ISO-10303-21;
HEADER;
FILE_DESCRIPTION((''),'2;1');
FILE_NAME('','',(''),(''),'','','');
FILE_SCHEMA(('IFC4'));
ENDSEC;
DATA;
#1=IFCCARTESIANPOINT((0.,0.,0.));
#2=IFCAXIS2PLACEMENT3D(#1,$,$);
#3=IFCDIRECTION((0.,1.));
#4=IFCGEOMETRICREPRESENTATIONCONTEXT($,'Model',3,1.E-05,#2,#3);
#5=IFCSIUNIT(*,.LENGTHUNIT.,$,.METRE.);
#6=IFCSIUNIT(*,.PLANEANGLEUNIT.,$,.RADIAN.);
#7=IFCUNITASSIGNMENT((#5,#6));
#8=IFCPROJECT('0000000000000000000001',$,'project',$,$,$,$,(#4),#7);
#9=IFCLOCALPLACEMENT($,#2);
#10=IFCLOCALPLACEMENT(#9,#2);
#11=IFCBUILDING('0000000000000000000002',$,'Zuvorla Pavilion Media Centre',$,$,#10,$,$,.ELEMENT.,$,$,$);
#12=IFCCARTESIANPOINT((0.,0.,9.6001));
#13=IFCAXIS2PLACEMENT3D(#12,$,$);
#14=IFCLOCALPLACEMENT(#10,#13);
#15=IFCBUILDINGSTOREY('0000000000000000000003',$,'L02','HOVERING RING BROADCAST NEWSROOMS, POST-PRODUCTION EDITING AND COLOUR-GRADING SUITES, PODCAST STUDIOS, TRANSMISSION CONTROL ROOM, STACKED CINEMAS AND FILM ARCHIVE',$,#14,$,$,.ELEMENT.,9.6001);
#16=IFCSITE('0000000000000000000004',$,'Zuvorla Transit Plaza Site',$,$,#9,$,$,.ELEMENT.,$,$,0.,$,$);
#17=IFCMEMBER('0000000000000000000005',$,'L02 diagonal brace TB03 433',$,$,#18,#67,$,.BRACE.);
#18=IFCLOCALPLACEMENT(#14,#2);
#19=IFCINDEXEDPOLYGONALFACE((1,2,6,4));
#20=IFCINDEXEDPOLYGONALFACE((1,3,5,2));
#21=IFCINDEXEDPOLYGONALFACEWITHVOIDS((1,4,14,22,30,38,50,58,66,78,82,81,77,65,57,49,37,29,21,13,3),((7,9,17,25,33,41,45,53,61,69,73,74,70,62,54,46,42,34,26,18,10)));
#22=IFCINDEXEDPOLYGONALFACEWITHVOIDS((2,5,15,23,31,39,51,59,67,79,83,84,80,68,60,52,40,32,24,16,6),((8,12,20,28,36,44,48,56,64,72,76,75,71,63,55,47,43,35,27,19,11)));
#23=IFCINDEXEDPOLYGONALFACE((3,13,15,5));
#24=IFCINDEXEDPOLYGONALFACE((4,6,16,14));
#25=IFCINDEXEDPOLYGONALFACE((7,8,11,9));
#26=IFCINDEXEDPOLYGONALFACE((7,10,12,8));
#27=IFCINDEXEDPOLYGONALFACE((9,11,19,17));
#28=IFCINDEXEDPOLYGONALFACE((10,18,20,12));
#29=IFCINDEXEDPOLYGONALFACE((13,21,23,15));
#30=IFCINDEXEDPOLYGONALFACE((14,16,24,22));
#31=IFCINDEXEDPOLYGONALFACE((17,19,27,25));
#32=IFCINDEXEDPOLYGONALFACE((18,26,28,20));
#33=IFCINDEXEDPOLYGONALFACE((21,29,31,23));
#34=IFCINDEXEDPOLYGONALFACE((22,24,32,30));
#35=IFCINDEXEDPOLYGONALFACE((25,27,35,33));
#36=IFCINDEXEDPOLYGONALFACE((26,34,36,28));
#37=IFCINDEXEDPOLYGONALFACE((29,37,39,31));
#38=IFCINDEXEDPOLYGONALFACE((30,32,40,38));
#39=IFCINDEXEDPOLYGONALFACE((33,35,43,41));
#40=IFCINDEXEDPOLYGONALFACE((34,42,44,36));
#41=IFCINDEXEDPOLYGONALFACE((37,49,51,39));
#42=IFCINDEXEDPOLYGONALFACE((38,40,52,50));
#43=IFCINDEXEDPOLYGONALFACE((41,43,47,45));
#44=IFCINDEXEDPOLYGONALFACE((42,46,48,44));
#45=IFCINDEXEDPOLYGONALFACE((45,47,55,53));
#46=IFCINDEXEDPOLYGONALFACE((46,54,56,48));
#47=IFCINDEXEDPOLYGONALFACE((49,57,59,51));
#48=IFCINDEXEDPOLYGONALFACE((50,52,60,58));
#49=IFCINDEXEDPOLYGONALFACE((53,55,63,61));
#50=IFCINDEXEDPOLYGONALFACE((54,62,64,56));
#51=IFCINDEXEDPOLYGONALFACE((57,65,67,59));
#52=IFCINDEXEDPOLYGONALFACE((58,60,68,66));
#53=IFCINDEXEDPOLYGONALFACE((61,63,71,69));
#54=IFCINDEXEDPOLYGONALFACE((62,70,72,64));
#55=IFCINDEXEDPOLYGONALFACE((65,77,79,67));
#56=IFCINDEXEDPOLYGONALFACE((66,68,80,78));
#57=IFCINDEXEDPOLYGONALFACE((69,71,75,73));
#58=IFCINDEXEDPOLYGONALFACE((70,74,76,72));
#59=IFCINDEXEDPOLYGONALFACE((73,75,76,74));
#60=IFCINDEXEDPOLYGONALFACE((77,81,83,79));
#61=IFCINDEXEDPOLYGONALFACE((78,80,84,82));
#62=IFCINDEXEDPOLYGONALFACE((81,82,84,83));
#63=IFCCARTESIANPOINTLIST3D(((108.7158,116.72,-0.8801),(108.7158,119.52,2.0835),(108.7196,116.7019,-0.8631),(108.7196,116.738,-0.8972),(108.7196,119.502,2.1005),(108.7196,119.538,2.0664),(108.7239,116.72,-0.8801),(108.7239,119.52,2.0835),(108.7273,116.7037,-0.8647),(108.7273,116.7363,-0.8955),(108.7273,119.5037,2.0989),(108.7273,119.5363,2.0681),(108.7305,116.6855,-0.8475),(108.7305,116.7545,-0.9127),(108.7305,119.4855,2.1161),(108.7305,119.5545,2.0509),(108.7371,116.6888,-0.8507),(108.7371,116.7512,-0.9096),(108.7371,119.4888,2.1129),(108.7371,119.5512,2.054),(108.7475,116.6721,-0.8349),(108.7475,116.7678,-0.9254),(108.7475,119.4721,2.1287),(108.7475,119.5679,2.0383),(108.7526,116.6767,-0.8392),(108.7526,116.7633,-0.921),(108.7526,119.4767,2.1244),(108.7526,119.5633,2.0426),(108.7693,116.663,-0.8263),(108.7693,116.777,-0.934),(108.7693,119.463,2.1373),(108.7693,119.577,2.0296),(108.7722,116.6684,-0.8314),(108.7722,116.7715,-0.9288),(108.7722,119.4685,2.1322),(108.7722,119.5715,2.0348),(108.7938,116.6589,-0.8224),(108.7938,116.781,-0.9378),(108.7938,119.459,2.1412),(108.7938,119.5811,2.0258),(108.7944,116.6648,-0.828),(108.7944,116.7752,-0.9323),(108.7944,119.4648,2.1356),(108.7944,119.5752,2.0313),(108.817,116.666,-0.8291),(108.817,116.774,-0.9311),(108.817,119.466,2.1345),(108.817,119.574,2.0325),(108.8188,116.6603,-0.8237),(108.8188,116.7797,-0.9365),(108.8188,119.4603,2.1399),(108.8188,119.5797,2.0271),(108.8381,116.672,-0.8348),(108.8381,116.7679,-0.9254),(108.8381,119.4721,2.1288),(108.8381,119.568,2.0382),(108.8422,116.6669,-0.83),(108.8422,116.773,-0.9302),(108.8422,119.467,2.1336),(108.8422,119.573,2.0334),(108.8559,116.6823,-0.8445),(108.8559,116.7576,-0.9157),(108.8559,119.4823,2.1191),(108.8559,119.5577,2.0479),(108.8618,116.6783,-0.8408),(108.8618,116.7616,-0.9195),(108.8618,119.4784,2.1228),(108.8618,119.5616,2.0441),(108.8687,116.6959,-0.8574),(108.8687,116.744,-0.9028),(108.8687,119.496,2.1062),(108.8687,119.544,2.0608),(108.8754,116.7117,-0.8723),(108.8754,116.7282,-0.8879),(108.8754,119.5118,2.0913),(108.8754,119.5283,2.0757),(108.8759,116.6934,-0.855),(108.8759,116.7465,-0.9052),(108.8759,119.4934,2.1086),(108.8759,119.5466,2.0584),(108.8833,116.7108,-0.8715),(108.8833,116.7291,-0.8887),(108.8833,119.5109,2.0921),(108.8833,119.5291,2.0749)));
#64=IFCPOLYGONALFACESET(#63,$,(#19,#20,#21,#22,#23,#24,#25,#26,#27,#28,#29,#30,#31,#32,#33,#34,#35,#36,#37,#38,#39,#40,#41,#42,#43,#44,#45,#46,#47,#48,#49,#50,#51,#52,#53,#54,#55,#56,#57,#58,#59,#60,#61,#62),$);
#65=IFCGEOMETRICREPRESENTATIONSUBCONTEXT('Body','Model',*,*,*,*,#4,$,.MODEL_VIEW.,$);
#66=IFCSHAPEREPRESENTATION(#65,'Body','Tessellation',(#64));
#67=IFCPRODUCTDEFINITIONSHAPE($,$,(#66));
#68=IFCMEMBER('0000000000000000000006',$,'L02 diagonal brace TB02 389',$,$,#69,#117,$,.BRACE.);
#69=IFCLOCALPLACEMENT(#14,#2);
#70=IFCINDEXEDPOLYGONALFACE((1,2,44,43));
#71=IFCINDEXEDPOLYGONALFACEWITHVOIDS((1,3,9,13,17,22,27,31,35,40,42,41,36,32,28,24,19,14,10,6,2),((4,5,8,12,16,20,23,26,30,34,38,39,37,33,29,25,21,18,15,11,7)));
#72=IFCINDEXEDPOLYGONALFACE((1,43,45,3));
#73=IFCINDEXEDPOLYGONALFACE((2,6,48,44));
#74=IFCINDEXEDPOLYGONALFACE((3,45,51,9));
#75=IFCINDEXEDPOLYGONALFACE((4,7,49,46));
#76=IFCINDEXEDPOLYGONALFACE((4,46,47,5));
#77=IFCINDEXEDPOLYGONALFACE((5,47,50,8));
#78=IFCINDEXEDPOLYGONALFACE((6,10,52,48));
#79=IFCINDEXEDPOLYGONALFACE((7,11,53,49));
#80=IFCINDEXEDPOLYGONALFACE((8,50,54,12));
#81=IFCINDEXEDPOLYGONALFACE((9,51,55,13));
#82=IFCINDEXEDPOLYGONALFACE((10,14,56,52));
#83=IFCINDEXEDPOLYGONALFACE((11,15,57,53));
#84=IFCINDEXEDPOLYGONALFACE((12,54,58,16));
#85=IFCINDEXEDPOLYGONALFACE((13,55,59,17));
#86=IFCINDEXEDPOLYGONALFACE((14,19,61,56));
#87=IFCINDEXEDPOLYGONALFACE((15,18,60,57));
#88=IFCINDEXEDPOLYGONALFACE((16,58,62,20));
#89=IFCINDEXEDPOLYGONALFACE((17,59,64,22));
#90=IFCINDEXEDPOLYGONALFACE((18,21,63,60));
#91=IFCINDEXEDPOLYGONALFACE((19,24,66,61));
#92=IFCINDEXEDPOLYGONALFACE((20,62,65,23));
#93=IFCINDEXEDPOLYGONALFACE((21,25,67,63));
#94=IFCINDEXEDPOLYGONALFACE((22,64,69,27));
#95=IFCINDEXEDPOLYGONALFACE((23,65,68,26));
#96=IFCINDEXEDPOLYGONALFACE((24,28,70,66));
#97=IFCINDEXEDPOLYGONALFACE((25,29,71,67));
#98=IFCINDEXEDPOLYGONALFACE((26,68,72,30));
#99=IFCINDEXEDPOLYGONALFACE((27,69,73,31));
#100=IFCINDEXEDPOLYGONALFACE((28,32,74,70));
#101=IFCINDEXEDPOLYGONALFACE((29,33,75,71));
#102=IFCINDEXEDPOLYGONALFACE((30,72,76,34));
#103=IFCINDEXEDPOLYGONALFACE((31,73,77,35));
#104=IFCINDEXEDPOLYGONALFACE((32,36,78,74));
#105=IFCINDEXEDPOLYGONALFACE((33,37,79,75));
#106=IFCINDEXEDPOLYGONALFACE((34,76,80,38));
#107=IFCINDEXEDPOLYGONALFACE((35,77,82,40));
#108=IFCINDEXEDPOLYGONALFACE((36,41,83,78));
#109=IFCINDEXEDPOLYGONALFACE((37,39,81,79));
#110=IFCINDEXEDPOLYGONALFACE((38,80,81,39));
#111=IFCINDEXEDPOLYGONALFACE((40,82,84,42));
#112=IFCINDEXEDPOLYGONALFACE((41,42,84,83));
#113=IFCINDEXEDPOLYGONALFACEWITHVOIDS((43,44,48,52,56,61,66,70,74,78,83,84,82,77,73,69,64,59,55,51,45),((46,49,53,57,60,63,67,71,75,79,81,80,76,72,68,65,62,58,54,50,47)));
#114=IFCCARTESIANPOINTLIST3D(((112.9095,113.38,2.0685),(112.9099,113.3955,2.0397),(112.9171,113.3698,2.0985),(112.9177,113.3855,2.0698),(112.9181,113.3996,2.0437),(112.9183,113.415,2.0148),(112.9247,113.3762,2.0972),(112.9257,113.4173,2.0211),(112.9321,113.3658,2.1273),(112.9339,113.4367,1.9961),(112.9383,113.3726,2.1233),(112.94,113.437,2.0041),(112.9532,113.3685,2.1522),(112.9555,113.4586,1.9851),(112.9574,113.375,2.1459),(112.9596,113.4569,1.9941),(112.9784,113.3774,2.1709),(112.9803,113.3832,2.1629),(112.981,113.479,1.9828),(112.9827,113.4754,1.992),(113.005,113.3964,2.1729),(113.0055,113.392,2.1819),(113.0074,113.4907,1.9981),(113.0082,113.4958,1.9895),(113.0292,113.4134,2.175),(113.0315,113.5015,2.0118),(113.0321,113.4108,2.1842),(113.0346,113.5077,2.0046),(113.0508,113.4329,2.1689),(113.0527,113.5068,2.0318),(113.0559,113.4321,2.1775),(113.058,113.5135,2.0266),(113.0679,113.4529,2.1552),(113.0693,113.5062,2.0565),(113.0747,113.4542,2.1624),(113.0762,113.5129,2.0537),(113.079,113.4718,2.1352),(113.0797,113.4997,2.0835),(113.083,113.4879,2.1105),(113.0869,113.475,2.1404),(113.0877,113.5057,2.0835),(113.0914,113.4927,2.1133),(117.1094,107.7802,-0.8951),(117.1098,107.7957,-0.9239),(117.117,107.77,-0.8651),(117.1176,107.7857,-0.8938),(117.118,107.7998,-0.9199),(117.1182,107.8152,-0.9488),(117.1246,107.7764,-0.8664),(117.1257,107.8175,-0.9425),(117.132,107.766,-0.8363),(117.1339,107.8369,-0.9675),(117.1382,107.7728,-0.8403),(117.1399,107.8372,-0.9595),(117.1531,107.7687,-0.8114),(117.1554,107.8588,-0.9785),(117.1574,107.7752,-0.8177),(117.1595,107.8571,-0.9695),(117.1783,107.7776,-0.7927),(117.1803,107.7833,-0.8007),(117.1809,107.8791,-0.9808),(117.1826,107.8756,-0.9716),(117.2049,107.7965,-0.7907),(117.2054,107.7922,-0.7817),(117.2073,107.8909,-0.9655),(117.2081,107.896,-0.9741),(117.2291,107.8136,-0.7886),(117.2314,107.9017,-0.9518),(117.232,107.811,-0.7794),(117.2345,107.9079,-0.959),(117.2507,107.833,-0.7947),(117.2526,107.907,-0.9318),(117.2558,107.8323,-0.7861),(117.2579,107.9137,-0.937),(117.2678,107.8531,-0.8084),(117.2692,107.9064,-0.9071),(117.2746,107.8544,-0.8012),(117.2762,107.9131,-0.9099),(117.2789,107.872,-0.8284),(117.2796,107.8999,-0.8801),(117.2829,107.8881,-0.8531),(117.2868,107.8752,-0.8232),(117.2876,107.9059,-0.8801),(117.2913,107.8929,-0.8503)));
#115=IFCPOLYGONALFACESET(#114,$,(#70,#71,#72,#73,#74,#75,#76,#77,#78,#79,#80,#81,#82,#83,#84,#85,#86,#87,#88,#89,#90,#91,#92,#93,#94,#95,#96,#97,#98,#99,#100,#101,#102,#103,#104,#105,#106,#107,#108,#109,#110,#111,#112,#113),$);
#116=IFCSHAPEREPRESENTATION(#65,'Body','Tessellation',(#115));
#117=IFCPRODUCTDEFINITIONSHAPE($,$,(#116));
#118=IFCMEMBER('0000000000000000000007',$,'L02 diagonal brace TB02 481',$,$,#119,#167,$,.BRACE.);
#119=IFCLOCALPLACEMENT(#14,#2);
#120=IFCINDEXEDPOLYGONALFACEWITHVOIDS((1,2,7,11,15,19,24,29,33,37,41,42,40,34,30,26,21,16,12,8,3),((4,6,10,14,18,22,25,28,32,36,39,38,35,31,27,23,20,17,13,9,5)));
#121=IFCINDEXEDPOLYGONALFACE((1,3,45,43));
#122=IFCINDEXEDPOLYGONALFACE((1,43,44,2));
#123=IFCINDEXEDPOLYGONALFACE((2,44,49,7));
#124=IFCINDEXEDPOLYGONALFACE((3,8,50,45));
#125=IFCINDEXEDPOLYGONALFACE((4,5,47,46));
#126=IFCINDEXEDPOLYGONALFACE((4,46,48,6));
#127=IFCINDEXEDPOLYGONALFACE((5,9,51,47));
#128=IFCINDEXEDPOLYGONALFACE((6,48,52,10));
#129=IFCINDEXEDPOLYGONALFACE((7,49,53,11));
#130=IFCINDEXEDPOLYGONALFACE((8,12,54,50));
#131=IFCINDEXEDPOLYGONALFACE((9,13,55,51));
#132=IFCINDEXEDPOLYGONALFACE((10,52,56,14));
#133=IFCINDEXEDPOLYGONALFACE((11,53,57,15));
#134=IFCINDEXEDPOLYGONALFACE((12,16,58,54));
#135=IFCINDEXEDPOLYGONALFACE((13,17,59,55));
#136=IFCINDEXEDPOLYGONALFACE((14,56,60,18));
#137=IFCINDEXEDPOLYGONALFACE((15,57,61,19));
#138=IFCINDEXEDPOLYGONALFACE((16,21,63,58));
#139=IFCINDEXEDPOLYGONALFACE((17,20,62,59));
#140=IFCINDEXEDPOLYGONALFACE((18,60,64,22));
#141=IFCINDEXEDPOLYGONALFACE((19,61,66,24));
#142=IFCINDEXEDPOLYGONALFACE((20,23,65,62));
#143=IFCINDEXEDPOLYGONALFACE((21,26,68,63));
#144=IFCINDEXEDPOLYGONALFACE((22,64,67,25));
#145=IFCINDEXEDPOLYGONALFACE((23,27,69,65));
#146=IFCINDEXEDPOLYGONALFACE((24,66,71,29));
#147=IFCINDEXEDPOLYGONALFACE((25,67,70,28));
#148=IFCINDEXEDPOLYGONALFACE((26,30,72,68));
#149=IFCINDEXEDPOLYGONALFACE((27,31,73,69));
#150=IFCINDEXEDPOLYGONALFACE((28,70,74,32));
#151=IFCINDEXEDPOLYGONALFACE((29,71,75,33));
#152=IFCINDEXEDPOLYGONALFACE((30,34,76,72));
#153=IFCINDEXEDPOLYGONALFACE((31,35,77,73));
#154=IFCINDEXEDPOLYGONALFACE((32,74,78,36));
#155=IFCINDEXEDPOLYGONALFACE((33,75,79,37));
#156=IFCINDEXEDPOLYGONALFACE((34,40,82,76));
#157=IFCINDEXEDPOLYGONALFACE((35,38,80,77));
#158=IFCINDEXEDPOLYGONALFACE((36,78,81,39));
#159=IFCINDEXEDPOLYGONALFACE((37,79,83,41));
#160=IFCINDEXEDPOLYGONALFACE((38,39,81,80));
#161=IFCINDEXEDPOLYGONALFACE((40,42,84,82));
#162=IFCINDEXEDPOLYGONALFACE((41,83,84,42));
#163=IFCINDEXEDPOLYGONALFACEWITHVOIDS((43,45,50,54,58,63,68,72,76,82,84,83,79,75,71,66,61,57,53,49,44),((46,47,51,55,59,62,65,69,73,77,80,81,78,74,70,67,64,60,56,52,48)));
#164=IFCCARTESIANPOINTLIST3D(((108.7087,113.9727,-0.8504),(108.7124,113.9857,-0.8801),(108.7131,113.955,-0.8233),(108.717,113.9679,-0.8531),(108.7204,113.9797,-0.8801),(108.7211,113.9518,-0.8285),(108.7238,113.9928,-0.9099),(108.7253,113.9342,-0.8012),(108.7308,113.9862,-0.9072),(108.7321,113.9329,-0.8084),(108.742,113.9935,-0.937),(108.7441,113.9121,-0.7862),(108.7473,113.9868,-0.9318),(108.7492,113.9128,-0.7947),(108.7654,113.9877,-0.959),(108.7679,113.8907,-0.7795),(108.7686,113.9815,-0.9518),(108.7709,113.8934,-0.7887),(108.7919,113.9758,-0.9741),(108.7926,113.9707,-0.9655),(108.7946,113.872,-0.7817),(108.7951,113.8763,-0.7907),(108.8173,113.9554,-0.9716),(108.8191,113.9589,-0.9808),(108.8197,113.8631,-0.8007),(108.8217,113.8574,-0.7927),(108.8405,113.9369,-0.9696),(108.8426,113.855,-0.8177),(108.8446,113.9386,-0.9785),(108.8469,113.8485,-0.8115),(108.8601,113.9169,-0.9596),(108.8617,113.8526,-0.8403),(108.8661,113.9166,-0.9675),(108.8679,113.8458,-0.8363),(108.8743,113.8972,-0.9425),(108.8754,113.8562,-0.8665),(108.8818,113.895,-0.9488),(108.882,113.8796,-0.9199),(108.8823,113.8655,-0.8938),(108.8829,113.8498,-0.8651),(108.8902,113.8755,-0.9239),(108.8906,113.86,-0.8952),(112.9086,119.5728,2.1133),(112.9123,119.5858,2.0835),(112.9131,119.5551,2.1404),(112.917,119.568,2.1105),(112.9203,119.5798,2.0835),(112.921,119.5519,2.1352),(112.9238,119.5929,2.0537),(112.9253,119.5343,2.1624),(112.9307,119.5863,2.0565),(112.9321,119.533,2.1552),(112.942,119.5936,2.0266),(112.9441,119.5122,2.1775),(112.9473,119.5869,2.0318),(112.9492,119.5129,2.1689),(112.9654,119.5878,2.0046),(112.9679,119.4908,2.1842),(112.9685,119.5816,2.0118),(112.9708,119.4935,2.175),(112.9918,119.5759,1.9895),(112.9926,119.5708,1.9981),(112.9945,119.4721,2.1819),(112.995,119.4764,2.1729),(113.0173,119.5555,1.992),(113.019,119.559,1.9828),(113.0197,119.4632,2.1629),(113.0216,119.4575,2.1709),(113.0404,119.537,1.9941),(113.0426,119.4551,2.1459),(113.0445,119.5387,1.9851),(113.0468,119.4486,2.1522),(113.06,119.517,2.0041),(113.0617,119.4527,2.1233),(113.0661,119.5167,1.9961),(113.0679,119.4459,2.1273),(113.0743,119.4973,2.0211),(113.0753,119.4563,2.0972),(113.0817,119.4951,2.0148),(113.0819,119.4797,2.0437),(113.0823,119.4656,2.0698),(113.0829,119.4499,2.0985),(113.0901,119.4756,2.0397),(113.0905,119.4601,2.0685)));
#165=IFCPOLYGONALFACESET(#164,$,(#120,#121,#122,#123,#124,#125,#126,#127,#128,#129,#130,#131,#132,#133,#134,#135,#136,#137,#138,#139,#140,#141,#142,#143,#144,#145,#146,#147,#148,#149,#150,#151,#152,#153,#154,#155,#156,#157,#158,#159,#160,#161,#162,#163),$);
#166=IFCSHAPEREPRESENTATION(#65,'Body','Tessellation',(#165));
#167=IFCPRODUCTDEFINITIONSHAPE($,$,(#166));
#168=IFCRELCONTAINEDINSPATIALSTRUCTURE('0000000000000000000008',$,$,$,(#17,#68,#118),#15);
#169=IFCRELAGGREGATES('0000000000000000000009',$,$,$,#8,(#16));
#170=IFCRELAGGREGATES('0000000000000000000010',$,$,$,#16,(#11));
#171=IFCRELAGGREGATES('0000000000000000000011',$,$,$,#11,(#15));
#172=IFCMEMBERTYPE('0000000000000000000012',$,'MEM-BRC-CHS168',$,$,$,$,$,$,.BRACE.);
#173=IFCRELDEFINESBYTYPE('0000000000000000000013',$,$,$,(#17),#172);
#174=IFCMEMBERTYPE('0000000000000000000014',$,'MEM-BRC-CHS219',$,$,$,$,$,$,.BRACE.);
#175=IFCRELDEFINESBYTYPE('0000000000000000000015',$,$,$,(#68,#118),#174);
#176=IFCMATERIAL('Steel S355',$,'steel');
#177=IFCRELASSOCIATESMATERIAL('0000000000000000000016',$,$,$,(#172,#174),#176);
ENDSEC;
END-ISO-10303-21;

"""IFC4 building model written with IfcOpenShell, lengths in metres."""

from ifc_helpers import new_model, si_unit, direction, frame, origin, origin_2d, place, context, subcontext, project, spatial, hollow_circle, extrude, material, material_profile, profile_set, type_object, element, save


model = new_model("IFC4")

# Units and contexts
model_context = context("Model", 3, precision=1e-05, world=origin(), true_north=direction((0.0, 1.0)))
body_context = subcontext(model_context, "Body", "Model", "MODEL_VIEW")
ifc_project = project(units=[si_unit("LENGTHUNIT", "METRE"), si_unit("PLANEANGLEUNIT", "RADIAN")], contexts=[model_context])

# Site, building, storey
site_placement = place(None, origin())
site = spatial("IfcSite", under=ifc_project, at=site_placement, Name="Zuvorla Transit Plaza Site", CompositionType="ELEMENT", RefElevation=0.0)
building_placement = place(site_placement, origin())
building = spatial("IfcBuilding", under=site, at=building_placement, Name="Zuvorla Pavilion Media Centre", CompositionType="ELEMENT")
storey_placement = place(building_placement, frame((0.0, 0.0, 9.6001)))
storey = spatial("IfcBuildingStorey", under=building, at=storey_placement, Name="L02", Description="HOVERING RING BROADCAST NEWSROOMS, POST-PRODUCTION EDITING AND COLOUR-GRADING SUITES, PODCAST STUDIOS, TRANSMISSION CONTROL ROOM, STACKED CINEMAS AND FILM ARCHIVE", CompositionType="ELEMENT", Elevation=9.6001)

# Shared definitions
ifc_material_1 = material(Name="Steel S355", Category="steel")

# Members
ifc_material_profile_1 = material_profile(ifc_material_1, hollow_circle(Radius=0.0842, WallThickness=0.0081, at=origin_2d()), Name="CHS 168.3x8")
ifc_profile_set_1 = profile_set([ifc_material_profile_1], Name="Steel S355")
member_type_1 = type_object("IfcMemberType", Name="MEM-BRC-CHS168", PredefinedType="BRACE", material=ifc_profile_set_1)
for number, where, z_axis, x_axis, name in (
    (1, (108.8, 116.72, -0.8801), (0.0, 0.686762, 0.726882), (-1.0, 0.0, 0.0), "L02 diagonal brace TB03 433"),
):
    element("IfcMember", number, at=place(storey_placement, frame(where, z_axis=z_axis, x_axis=x_axis)), inside=storey, type_object=member_type_1, Name=name, PredefinedType="BRACE", context=body_context, shape_type="SweptSolid", body=[
        extrude(hollow_circle(Radius=0.0842, WallThickness=0.0081, at=origin_2d()), origin(), (0.0, 0.0, 1.0), 4.0771),
    ])
ifc_material_profile_2 = material_profile(ifc_material_1, hollow_circle(Radius=0.1096, WallThickness=0.01, at=origin_2d()), Name="CHS 219.1x10")
ifc_profile_set_2 = profile_set([ifc_material_profile_2], Name="Steel S355")
member_type_2 = type_object("IfcMemberType", Name="MEM-BRC-CHS219", PredefinedType="BRACE", material=ifc_profile_set_2)
member_1_placement = place(storey_placement, frame((113.0, 113.4399, 2.0835), z_axis=(0.552525, -0.736689, -0.389879), x_axis=(0.799996, 0.600006, 0.0)))
element("IfcMember", 2, at=member_1_placement, inside=storey, type_object=member_type_2, Name="L02 diagonal brace TB02 389", PredefinedType="BRACE", context=body_context, shape_type="SweptSolid", body=[
    extrude(hollow_circle(Radius=0.1096, WallThickness=0.01, at=origin_2d()), origin(), (0.0, 0.0, 1.0), 7.6013),
])
member_2_placement = place(storey_placement, frame((108.8, 113.9199, -0.8801), z_axis=(0.552512, 0.736704, 0.38987), x_axis=(-0.800008, 0.599989, 0.0)))
element("IfcMember", 3, at=member_2_placement, inside=storey, type_object=member_type_2, Name="L02 diagonal brace TB02 481", PredefinedType="BRACE", context=body_context, shape_type="SweptSolid", body=[
    extrude(hollow_circle(Radius=0.1096, WallThickness=0.01, at=origin_2d()), origin(), (0.0, 0.0, 1.0), 7.6016),
])

save(model, "model.ifc")
